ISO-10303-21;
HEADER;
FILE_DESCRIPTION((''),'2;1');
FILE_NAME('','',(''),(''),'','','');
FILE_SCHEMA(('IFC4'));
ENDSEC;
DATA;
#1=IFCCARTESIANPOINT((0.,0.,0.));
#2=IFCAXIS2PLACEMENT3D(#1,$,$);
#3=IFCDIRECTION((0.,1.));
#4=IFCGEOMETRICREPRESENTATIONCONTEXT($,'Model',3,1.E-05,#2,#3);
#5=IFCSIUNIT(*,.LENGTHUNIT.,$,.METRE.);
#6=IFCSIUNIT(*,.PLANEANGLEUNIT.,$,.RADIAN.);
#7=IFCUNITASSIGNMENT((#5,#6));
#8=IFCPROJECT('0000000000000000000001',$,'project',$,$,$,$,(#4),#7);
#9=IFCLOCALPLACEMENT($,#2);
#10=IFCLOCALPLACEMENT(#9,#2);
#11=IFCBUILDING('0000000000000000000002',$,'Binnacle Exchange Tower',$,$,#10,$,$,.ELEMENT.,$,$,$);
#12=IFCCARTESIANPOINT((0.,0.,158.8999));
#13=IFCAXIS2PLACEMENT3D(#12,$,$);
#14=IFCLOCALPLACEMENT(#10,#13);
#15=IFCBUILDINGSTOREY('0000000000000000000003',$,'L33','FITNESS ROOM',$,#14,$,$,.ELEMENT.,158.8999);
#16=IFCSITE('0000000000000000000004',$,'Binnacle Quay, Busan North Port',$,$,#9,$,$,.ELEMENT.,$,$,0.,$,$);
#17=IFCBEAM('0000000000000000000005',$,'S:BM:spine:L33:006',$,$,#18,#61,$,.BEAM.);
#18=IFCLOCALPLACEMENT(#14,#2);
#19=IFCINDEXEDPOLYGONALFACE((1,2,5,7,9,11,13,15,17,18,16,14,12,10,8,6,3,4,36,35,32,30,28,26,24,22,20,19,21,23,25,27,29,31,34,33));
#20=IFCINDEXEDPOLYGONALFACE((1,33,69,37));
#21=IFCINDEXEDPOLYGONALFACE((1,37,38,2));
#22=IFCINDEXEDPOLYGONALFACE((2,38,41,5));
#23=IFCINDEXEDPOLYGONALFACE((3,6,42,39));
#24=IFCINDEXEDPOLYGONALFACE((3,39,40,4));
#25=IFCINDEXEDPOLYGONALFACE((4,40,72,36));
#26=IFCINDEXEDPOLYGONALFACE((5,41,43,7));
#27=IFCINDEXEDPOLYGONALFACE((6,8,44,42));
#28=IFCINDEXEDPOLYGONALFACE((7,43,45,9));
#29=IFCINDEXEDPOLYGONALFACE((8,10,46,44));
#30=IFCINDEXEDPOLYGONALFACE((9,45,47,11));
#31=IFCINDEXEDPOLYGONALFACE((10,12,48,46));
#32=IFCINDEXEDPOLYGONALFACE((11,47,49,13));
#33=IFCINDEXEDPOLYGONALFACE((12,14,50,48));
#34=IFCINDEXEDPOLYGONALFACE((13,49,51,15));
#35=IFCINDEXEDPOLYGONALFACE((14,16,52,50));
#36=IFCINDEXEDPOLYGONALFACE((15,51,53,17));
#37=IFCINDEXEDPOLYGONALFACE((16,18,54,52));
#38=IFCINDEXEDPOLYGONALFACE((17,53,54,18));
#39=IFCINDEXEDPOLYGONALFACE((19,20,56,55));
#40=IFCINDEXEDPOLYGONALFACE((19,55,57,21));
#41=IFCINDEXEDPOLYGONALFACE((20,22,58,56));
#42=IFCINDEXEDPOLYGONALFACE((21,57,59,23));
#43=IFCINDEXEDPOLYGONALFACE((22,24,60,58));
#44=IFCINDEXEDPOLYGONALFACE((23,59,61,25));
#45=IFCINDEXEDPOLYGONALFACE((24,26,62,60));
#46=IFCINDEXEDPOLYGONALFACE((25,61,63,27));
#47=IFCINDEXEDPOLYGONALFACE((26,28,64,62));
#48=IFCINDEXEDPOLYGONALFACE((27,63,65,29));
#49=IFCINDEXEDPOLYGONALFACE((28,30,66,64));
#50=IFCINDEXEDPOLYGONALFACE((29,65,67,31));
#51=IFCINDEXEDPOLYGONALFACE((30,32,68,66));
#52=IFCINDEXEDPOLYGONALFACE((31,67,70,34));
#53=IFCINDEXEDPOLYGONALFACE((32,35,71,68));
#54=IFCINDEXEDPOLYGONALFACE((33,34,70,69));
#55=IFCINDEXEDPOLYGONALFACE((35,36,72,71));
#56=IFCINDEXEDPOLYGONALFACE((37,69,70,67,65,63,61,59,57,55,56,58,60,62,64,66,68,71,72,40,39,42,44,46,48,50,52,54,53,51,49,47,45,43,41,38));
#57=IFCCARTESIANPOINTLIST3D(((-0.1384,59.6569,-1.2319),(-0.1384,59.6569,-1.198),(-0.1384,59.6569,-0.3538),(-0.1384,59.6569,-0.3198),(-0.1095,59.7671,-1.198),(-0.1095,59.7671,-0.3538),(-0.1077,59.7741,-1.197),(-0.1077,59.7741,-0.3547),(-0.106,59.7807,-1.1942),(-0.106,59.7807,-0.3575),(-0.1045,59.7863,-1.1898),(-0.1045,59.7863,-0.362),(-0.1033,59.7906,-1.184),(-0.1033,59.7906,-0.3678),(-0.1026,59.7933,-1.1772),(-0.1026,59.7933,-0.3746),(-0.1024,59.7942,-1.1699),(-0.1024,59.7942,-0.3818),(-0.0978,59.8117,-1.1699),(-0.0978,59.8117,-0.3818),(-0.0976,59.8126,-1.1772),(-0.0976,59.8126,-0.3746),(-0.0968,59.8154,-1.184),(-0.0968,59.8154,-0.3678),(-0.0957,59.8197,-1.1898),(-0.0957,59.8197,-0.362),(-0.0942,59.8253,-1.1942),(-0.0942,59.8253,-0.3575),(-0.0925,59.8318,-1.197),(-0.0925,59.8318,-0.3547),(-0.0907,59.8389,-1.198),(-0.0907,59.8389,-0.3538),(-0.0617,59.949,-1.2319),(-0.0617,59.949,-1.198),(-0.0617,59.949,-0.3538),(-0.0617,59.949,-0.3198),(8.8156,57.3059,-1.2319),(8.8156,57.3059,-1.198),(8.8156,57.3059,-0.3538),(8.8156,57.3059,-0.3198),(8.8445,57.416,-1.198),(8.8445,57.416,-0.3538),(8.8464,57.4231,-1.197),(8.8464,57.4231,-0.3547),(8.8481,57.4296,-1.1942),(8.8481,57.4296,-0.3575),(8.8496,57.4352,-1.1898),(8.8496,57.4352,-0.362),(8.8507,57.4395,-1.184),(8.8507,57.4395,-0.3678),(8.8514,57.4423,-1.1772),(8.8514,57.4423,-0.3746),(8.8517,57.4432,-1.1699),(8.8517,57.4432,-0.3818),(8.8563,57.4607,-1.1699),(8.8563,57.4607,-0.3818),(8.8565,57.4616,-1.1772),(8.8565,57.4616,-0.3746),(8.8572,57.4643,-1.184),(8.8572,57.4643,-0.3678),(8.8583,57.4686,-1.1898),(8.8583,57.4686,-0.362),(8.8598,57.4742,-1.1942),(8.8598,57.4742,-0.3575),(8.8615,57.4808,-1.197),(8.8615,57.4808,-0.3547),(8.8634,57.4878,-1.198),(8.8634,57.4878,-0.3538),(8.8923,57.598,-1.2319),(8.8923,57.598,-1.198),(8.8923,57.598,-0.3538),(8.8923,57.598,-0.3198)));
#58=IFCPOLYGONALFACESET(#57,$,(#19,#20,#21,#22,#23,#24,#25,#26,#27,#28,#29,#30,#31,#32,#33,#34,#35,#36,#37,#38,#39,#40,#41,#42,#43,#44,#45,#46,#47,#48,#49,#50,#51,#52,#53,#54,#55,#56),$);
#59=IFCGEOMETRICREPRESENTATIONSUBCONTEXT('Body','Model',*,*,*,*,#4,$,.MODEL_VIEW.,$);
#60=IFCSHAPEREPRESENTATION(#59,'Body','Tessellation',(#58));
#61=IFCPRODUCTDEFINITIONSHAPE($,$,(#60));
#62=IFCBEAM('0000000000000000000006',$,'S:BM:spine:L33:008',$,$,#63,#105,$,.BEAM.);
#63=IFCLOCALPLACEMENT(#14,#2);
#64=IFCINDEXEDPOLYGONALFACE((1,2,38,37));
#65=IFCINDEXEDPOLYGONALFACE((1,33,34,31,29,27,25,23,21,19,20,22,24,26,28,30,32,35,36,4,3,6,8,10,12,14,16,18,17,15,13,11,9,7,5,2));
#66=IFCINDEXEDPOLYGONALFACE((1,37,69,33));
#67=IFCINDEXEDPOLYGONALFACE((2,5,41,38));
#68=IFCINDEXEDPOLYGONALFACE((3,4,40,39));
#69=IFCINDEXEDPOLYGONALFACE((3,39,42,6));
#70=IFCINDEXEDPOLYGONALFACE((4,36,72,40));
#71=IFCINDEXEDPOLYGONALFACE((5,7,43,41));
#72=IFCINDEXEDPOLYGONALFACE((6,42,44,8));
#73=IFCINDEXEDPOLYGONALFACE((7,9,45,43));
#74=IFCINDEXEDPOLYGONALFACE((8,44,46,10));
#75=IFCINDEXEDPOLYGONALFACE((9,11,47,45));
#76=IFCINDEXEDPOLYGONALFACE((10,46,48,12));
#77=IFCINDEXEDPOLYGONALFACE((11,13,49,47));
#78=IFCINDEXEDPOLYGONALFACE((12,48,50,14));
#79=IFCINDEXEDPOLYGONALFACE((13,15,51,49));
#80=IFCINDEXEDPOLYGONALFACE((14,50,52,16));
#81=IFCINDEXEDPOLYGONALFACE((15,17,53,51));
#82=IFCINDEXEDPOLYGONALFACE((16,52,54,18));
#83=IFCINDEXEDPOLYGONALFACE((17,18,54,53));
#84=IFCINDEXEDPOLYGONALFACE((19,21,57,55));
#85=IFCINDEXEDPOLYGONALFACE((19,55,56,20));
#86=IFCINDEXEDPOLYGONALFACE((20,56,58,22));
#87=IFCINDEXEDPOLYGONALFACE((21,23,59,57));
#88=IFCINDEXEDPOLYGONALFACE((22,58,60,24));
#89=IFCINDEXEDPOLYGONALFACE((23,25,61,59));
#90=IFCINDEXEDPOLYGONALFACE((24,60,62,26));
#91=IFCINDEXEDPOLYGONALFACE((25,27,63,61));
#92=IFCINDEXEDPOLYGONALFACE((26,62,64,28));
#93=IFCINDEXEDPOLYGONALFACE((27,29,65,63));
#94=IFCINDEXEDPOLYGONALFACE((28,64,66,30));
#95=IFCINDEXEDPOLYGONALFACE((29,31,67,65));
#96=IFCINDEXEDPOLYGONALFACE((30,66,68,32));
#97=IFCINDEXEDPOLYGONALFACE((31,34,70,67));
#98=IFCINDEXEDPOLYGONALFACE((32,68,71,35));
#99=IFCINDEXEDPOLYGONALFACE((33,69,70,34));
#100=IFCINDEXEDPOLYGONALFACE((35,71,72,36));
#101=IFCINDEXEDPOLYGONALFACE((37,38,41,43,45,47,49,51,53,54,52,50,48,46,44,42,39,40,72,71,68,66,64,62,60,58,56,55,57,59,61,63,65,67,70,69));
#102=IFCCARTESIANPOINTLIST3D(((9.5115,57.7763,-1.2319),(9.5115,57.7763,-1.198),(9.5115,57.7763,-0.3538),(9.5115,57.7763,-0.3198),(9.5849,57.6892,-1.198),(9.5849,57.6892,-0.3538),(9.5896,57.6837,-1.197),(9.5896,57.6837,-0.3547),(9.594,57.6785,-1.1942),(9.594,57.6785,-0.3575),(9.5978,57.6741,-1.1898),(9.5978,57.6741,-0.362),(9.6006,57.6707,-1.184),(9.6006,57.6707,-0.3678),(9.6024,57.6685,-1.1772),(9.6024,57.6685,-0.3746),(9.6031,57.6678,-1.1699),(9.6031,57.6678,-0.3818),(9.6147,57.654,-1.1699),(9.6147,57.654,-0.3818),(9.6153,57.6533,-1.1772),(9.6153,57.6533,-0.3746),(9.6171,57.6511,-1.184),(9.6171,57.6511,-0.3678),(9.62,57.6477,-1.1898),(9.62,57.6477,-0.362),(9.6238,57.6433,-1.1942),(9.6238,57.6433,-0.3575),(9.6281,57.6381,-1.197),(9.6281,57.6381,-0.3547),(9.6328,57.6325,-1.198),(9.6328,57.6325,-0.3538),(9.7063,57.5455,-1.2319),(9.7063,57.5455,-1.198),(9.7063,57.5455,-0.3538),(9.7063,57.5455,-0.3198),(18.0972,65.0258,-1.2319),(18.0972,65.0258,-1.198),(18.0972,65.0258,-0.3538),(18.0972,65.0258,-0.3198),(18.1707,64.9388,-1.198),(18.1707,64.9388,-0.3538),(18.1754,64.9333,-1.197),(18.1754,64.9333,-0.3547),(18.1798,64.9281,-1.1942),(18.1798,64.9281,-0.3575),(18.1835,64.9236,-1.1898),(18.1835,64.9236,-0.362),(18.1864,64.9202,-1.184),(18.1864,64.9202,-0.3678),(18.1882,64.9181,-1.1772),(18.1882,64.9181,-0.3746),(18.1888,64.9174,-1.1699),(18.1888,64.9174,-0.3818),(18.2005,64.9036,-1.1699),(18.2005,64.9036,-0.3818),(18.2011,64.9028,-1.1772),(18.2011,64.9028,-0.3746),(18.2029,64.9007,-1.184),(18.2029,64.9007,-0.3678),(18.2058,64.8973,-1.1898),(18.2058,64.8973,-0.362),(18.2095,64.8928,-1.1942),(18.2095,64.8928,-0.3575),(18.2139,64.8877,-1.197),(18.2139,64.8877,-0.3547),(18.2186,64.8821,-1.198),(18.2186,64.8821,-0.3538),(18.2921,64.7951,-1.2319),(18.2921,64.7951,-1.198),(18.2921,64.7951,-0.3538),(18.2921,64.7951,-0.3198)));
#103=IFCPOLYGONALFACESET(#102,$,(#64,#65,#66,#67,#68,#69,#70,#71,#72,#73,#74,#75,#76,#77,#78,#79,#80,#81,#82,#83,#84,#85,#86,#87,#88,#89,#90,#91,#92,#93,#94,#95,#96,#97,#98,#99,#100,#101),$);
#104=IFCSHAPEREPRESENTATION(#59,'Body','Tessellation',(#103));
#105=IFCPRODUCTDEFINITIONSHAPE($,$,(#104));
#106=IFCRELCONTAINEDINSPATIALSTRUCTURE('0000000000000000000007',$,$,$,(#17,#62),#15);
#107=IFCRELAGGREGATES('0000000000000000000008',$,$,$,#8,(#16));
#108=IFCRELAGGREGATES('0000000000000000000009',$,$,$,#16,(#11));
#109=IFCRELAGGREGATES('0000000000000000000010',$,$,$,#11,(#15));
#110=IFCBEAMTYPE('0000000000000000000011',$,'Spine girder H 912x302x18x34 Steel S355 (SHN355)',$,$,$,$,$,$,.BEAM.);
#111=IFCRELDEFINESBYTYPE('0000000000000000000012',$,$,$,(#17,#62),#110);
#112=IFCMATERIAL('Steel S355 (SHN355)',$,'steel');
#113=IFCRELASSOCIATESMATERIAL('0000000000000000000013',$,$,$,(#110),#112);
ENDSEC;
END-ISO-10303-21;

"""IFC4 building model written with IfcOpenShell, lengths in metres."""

from ifc_helpers import new_model, si_unit, direction, frame, origin, origin_2d, place, context, subcontext, project, spatial, i_section, extrude, material, material_profile, profile_set, type_object, element, save


model = new_model("IFC4")

# Units and contexts
model_context = context("Model", 3, precision=1e-05, world=origin(), true_north=direction((0.0, 1.0)))
body_context = subcontext(model_context, "Body", "Model", "MODEL_VIEW")
ifc_project = project(units=[si_unit("LENGTHUNIT", "METRE"), si_unit("PLANEANGLEUNIT", "RADIAN")], contexts=[model_context])

# Site, building, storey
site_placement = place(None, origin())
site = spatial("IfcSite", under=ifc_project, at=site_placement, Name="Binnacle Quay, Busan North Port", CompositionType="ELEMENT", RefElevation=0.0)
building_placement = place(site_placement, origin())
building = spatial("IfcBuilding", under=site, at=building_placement, Name="Binnacle Exchange Tower", CompositionType="ELEMENT")
storey_placement = place(building_placement, frame((0.0, 0.0, 158.8999)))
storey = spatial("IfcBuildingStorey", under=building, at=storey_placement, Name="L33", Description="FITNESS ROOM", CompositionType="ELEMENT", Elevation=158.8999)

# Beams
ifc_material_1 = material(Name="Steel S355 (SHN355)", Category="steel")
ifc_material_profile_1 = material_profile(ifc_material_1, i_section(OverallWidth=0.302, OverallDepth=0.9121, WebThickness=0.0181, FlangeThickness=0.0339, FilletRadius=0.0281, at=origin_2d()), Name="H 912x302x18x34")
ifc_profile_set_1 = profile_set([ifc_material_profile_1], Name="Steel S355 (SHN355)")
beam_type_1 = type_object("IfcBeamType", Name="Spine girder H 912x302x18x34 Steel S355 (SHN355)", PredefinedType="BEAM", material=ifc_profile_set_1)
beam_1_placement = place(storey_placement, frame((-0.1001, 59.803, -0.7759), z_axis=(0.967214, -0.253961, 0.0), x_axis=(0.253961, 0.967214, 0.0)))
element("IfcBeam", 1, at=beam_1_placement, inside=storey, type_object=beam_type_1, Name="S:BM:spine:L33:006", PredefinedType="BEAM", context=body_context, shape_type="SweptSolid", body=[
    extrude(i_section(OverallWidth=0.302, OverallDepth=0.9121, WebThickness=0.0181, FlangeThickness=0.0339, FilletRadius=0.0281, at=origin_2d()), origin(), (0.0, 0.0, 1.0), 9.2576),
])
beam_2_placement = place(storey_placement, frame((9.6089, 57.6609, -0.7759), z_axis=(0.764058, 0.645148, 0.0), x_axis=(-0.645148, 0.764058, 0.0)))
element("IfcBeam", 2, at=beam_2_placement, inside=storey, type_object=beam_type_1, Name="S:BM:spine:L33:008", PredefinedType="BEAM", context=body_context, shape_type="SweptSolid", body=[
    extrude(i_section(OverallWidth=0.302, OverallDepth=0.9121, WebThickness=0.0181, FlangeThickness=0.0339, FilletRadius=0.0281, at=origin_2d()), origin(), (0.0, 0.0, 1.0), 11.2371),
])

save(model, "model.ifc")
